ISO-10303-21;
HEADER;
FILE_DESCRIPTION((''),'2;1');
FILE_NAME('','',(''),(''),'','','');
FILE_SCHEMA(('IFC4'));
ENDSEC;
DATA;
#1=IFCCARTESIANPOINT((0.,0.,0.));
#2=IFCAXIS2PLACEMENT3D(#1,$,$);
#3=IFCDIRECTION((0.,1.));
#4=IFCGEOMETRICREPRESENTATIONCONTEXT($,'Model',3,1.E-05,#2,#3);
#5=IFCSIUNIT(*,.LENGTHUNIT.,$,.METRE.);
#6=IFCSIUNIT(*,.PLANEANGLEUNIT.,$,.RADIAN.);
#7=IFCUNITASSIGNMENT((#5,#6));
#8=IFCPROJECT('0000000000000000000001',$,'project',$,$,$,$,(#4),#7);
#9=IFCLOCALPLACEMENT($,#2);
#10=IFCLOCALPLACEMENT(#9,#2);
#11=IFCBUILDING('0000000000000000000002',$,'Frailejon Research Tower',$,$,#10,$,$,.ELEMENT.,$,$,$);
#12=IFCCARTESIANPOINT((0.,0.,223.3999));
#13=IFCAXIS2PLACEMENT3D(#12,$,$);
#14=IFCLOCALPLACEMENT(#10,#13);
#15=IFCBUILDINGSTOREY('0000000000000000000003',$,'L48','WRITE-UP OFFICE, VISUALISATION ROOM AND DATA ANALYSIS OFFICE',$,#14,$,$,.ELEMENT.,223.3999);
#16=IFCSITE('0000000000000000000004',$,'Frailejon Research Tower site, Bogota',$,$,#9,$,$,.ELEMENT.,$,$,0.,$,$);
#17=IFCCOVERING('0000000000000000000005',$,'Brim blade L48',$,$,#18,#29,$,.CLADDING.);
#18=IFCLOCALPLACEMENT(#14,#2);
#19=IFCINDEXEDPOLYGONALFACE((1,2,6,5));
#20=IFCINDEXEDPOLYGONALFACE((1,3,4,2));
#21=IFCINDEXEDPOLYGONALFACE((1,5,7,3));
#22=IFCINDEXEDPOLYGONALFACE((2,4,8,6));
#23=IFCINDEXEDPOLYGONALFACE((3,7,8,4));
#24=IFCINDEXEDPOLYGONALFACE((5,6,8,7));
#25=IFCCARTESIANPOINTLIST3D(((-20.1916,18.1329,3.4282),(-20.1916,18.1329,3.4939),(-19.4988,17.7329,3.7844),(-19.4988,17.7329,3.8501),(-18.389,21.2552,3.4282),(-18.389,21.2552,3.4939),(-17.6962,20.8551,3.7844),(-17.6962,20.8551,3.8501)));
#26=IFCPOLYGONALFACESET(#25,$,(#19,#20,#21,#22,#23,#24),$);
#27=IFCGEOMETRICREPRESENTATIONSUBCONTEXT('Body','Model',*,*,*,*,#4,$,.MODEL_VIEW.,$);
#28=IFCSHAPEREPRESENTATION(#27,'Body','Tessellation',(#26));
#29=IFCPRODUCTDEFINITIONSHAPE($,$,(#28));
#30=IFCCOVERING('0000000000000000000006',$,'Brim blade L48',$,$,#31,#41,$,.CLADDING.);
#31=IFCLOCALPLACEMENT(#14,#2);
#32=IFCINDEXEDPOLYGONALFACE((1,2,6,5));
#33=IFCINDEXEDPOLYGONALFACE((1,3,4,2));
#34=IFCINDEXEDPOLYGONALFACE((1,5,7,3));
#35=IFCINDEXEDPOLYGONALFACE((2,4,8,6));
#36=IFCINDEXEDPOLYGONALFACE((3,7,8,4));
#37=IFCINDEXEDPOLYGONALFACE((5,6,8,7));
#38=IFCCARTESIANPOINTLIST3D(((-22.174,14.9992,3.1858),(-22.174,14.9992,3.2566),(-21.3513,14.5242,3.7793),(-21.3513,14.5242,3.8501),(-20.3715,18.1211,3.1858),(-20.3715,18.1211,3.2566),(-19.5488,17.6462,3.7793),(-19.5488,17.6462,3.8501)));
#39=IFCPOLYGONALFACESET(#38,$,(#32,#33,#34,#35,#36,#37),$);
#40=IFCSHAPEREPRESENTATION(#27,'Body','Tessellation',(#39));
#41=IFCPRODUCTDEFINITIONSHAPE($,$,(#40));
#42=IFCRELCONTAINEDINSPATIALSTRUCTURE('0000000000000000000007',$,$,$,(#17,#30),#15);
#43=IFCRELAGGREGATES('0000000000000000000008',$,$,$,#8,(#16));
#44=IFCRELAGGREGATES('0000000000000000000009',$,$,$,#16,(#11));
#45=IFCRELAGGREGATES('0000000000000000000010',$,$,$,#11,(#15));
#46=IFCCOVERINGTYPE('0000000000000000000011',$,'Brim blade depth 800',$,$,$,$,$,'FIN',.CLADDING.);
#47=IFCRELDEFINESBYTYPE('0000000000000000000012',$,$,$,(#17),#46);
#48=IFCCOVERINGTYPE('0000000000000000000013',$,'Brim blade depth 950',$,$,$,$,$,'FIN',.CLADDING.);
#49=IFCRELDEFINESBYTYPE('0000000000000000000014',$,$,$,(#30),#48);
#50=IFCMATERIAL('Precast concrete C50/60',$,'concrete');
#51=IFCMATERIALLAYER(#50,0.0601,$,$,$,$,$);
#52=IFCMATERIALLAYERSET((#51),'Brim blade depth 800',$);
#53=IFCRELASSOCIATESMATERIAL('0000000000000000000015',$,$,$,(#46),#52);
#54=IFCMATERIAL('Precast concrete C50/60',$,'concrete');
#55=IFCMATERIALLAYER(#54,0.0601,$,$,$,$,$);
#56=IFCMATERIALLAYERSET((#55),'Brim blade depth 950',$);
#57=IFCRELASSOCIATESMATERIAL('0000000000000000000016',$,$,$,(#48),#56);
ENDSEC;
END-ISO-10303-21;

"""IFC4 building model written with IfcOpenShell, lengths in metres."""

from ifc_helpers import new_model, si_unit, direction, frame, origin, place, context, subcontext, project, spatial, polyline, outline, extrude, material, layer, layer_set, type_object, element, save


model = new_model("IFC4")

# Units and contexts
model_context = context("Model", 3, precision=1e-05, world=origin(), true_north=direction((0.0, 1.0)))
body_context = subcontext(model_context, "Body", "Model", "MODEL_VIEW")
ifc_project = project(units=[si_unit("LENGTHUNIT", "METRE"), si_unit("PLANEANGLEUNIT", "RADIAN")], contexts=[model_context])

# Site, building, storey
site_placement = place(None, origin())
site = spatial("IfcSite", under=ifc_project, at=site_placement, Name="Frailejon Research Tower site, Bogota", CompositionType="ELEMENT", RefElevation=0.0)
building_placement = place(site_placement, origin())
building = spatial("IfcBuilding", under=site, at=building_placement, Name="Frailejon Research Tower", CompositionType="ELEMENT")
storey_placement = place(building_placement, frame((0.0, 0.0, 223.3999)))
storey = spatial("IfcBuildingStorey", under=building, at=storey_placement, Name="L48", Description="WRITE-UP OFFICE, VISUALISATION ROOM AND DATA ANALYSIS OFFICE", CompositionType="ELEMENT", Elevation=223.3999)

# Coverings
ifc_material_1 = material(Name="Precast concrete C50/60", Category="concrete")
ifc_layer_1 = layer(ifc_material_1, 0.0601)
ifc_layer_set_1 = layer_set([ifc_layer_1], Name="Brim blade depth 800")
covering_type_1 = type_object("IfcCoveringType", Name="Brim blade depth 800", ElementType="FIN", PredefinedType="CLADDING", material=ifc_layer_set_1)
covering_1_placement = place(storey_placement, frame((-19.4988, 17.7329, 3.8501), z_axis=(0.5, 0.866026, 0.0), x_axis=(-0.866026, 0.5, 0.0)))
element("IfcCovering", 1, at=covering_1_placement, inside=storey, type_object=covering_type_1, Name="Brim blade L48", PredefinedType="CLADDING", context=body_context, shape_type="SweptSolid", body=[
    extrude(outline(polyline([(0.0, -0.0657), (0.8, -0.4219), (0.8, -0.3562), (0.0, 0.0), (0.0, -0.0657)])), origin(), (0.0, 0.0, 1.0), 3.6052),
])
ifc_material_2 = material(Name="Precast concrete C50/60", Category="concrete")
ifc_layer_2 = layer(ifc_material_2, 0.0601)
ifc_layer_set_2 = layer_set([ifc_layer_2], Name="Brim blade depth 950")
covering_type_2 = type_object("IfcCoveringType", Name="Brim blade depth 950", ElementType="FIN", PredefinedType="CLADDING", material=ifc_layer_set_2)
covering_2_placement = place(storey_placement, frame((-21.3513, 14.5242, 3.8501), z_axis=(0.500011, 0.866019, 0.0), x_axis=(-0.866019, 0.500011, 0.0)))
element("IfcCovering", 2, at=covering_2_placement, inside=storey, type_object=covering_type_2, Name="Brim blade L48", PredefinedType="CLADDING", context=body_context, shape_type="SweptSolid", body=[
    extrude(outline(polyline([(0.0, -0.0708), (0.95, -0.6643), (0.95, -0.5935), (0.0, 0.0), (0.0, -0.0708)])), origin(), (0.0, 0.0, 1.0), 3.605),
])

save(model, "model.ifc")
